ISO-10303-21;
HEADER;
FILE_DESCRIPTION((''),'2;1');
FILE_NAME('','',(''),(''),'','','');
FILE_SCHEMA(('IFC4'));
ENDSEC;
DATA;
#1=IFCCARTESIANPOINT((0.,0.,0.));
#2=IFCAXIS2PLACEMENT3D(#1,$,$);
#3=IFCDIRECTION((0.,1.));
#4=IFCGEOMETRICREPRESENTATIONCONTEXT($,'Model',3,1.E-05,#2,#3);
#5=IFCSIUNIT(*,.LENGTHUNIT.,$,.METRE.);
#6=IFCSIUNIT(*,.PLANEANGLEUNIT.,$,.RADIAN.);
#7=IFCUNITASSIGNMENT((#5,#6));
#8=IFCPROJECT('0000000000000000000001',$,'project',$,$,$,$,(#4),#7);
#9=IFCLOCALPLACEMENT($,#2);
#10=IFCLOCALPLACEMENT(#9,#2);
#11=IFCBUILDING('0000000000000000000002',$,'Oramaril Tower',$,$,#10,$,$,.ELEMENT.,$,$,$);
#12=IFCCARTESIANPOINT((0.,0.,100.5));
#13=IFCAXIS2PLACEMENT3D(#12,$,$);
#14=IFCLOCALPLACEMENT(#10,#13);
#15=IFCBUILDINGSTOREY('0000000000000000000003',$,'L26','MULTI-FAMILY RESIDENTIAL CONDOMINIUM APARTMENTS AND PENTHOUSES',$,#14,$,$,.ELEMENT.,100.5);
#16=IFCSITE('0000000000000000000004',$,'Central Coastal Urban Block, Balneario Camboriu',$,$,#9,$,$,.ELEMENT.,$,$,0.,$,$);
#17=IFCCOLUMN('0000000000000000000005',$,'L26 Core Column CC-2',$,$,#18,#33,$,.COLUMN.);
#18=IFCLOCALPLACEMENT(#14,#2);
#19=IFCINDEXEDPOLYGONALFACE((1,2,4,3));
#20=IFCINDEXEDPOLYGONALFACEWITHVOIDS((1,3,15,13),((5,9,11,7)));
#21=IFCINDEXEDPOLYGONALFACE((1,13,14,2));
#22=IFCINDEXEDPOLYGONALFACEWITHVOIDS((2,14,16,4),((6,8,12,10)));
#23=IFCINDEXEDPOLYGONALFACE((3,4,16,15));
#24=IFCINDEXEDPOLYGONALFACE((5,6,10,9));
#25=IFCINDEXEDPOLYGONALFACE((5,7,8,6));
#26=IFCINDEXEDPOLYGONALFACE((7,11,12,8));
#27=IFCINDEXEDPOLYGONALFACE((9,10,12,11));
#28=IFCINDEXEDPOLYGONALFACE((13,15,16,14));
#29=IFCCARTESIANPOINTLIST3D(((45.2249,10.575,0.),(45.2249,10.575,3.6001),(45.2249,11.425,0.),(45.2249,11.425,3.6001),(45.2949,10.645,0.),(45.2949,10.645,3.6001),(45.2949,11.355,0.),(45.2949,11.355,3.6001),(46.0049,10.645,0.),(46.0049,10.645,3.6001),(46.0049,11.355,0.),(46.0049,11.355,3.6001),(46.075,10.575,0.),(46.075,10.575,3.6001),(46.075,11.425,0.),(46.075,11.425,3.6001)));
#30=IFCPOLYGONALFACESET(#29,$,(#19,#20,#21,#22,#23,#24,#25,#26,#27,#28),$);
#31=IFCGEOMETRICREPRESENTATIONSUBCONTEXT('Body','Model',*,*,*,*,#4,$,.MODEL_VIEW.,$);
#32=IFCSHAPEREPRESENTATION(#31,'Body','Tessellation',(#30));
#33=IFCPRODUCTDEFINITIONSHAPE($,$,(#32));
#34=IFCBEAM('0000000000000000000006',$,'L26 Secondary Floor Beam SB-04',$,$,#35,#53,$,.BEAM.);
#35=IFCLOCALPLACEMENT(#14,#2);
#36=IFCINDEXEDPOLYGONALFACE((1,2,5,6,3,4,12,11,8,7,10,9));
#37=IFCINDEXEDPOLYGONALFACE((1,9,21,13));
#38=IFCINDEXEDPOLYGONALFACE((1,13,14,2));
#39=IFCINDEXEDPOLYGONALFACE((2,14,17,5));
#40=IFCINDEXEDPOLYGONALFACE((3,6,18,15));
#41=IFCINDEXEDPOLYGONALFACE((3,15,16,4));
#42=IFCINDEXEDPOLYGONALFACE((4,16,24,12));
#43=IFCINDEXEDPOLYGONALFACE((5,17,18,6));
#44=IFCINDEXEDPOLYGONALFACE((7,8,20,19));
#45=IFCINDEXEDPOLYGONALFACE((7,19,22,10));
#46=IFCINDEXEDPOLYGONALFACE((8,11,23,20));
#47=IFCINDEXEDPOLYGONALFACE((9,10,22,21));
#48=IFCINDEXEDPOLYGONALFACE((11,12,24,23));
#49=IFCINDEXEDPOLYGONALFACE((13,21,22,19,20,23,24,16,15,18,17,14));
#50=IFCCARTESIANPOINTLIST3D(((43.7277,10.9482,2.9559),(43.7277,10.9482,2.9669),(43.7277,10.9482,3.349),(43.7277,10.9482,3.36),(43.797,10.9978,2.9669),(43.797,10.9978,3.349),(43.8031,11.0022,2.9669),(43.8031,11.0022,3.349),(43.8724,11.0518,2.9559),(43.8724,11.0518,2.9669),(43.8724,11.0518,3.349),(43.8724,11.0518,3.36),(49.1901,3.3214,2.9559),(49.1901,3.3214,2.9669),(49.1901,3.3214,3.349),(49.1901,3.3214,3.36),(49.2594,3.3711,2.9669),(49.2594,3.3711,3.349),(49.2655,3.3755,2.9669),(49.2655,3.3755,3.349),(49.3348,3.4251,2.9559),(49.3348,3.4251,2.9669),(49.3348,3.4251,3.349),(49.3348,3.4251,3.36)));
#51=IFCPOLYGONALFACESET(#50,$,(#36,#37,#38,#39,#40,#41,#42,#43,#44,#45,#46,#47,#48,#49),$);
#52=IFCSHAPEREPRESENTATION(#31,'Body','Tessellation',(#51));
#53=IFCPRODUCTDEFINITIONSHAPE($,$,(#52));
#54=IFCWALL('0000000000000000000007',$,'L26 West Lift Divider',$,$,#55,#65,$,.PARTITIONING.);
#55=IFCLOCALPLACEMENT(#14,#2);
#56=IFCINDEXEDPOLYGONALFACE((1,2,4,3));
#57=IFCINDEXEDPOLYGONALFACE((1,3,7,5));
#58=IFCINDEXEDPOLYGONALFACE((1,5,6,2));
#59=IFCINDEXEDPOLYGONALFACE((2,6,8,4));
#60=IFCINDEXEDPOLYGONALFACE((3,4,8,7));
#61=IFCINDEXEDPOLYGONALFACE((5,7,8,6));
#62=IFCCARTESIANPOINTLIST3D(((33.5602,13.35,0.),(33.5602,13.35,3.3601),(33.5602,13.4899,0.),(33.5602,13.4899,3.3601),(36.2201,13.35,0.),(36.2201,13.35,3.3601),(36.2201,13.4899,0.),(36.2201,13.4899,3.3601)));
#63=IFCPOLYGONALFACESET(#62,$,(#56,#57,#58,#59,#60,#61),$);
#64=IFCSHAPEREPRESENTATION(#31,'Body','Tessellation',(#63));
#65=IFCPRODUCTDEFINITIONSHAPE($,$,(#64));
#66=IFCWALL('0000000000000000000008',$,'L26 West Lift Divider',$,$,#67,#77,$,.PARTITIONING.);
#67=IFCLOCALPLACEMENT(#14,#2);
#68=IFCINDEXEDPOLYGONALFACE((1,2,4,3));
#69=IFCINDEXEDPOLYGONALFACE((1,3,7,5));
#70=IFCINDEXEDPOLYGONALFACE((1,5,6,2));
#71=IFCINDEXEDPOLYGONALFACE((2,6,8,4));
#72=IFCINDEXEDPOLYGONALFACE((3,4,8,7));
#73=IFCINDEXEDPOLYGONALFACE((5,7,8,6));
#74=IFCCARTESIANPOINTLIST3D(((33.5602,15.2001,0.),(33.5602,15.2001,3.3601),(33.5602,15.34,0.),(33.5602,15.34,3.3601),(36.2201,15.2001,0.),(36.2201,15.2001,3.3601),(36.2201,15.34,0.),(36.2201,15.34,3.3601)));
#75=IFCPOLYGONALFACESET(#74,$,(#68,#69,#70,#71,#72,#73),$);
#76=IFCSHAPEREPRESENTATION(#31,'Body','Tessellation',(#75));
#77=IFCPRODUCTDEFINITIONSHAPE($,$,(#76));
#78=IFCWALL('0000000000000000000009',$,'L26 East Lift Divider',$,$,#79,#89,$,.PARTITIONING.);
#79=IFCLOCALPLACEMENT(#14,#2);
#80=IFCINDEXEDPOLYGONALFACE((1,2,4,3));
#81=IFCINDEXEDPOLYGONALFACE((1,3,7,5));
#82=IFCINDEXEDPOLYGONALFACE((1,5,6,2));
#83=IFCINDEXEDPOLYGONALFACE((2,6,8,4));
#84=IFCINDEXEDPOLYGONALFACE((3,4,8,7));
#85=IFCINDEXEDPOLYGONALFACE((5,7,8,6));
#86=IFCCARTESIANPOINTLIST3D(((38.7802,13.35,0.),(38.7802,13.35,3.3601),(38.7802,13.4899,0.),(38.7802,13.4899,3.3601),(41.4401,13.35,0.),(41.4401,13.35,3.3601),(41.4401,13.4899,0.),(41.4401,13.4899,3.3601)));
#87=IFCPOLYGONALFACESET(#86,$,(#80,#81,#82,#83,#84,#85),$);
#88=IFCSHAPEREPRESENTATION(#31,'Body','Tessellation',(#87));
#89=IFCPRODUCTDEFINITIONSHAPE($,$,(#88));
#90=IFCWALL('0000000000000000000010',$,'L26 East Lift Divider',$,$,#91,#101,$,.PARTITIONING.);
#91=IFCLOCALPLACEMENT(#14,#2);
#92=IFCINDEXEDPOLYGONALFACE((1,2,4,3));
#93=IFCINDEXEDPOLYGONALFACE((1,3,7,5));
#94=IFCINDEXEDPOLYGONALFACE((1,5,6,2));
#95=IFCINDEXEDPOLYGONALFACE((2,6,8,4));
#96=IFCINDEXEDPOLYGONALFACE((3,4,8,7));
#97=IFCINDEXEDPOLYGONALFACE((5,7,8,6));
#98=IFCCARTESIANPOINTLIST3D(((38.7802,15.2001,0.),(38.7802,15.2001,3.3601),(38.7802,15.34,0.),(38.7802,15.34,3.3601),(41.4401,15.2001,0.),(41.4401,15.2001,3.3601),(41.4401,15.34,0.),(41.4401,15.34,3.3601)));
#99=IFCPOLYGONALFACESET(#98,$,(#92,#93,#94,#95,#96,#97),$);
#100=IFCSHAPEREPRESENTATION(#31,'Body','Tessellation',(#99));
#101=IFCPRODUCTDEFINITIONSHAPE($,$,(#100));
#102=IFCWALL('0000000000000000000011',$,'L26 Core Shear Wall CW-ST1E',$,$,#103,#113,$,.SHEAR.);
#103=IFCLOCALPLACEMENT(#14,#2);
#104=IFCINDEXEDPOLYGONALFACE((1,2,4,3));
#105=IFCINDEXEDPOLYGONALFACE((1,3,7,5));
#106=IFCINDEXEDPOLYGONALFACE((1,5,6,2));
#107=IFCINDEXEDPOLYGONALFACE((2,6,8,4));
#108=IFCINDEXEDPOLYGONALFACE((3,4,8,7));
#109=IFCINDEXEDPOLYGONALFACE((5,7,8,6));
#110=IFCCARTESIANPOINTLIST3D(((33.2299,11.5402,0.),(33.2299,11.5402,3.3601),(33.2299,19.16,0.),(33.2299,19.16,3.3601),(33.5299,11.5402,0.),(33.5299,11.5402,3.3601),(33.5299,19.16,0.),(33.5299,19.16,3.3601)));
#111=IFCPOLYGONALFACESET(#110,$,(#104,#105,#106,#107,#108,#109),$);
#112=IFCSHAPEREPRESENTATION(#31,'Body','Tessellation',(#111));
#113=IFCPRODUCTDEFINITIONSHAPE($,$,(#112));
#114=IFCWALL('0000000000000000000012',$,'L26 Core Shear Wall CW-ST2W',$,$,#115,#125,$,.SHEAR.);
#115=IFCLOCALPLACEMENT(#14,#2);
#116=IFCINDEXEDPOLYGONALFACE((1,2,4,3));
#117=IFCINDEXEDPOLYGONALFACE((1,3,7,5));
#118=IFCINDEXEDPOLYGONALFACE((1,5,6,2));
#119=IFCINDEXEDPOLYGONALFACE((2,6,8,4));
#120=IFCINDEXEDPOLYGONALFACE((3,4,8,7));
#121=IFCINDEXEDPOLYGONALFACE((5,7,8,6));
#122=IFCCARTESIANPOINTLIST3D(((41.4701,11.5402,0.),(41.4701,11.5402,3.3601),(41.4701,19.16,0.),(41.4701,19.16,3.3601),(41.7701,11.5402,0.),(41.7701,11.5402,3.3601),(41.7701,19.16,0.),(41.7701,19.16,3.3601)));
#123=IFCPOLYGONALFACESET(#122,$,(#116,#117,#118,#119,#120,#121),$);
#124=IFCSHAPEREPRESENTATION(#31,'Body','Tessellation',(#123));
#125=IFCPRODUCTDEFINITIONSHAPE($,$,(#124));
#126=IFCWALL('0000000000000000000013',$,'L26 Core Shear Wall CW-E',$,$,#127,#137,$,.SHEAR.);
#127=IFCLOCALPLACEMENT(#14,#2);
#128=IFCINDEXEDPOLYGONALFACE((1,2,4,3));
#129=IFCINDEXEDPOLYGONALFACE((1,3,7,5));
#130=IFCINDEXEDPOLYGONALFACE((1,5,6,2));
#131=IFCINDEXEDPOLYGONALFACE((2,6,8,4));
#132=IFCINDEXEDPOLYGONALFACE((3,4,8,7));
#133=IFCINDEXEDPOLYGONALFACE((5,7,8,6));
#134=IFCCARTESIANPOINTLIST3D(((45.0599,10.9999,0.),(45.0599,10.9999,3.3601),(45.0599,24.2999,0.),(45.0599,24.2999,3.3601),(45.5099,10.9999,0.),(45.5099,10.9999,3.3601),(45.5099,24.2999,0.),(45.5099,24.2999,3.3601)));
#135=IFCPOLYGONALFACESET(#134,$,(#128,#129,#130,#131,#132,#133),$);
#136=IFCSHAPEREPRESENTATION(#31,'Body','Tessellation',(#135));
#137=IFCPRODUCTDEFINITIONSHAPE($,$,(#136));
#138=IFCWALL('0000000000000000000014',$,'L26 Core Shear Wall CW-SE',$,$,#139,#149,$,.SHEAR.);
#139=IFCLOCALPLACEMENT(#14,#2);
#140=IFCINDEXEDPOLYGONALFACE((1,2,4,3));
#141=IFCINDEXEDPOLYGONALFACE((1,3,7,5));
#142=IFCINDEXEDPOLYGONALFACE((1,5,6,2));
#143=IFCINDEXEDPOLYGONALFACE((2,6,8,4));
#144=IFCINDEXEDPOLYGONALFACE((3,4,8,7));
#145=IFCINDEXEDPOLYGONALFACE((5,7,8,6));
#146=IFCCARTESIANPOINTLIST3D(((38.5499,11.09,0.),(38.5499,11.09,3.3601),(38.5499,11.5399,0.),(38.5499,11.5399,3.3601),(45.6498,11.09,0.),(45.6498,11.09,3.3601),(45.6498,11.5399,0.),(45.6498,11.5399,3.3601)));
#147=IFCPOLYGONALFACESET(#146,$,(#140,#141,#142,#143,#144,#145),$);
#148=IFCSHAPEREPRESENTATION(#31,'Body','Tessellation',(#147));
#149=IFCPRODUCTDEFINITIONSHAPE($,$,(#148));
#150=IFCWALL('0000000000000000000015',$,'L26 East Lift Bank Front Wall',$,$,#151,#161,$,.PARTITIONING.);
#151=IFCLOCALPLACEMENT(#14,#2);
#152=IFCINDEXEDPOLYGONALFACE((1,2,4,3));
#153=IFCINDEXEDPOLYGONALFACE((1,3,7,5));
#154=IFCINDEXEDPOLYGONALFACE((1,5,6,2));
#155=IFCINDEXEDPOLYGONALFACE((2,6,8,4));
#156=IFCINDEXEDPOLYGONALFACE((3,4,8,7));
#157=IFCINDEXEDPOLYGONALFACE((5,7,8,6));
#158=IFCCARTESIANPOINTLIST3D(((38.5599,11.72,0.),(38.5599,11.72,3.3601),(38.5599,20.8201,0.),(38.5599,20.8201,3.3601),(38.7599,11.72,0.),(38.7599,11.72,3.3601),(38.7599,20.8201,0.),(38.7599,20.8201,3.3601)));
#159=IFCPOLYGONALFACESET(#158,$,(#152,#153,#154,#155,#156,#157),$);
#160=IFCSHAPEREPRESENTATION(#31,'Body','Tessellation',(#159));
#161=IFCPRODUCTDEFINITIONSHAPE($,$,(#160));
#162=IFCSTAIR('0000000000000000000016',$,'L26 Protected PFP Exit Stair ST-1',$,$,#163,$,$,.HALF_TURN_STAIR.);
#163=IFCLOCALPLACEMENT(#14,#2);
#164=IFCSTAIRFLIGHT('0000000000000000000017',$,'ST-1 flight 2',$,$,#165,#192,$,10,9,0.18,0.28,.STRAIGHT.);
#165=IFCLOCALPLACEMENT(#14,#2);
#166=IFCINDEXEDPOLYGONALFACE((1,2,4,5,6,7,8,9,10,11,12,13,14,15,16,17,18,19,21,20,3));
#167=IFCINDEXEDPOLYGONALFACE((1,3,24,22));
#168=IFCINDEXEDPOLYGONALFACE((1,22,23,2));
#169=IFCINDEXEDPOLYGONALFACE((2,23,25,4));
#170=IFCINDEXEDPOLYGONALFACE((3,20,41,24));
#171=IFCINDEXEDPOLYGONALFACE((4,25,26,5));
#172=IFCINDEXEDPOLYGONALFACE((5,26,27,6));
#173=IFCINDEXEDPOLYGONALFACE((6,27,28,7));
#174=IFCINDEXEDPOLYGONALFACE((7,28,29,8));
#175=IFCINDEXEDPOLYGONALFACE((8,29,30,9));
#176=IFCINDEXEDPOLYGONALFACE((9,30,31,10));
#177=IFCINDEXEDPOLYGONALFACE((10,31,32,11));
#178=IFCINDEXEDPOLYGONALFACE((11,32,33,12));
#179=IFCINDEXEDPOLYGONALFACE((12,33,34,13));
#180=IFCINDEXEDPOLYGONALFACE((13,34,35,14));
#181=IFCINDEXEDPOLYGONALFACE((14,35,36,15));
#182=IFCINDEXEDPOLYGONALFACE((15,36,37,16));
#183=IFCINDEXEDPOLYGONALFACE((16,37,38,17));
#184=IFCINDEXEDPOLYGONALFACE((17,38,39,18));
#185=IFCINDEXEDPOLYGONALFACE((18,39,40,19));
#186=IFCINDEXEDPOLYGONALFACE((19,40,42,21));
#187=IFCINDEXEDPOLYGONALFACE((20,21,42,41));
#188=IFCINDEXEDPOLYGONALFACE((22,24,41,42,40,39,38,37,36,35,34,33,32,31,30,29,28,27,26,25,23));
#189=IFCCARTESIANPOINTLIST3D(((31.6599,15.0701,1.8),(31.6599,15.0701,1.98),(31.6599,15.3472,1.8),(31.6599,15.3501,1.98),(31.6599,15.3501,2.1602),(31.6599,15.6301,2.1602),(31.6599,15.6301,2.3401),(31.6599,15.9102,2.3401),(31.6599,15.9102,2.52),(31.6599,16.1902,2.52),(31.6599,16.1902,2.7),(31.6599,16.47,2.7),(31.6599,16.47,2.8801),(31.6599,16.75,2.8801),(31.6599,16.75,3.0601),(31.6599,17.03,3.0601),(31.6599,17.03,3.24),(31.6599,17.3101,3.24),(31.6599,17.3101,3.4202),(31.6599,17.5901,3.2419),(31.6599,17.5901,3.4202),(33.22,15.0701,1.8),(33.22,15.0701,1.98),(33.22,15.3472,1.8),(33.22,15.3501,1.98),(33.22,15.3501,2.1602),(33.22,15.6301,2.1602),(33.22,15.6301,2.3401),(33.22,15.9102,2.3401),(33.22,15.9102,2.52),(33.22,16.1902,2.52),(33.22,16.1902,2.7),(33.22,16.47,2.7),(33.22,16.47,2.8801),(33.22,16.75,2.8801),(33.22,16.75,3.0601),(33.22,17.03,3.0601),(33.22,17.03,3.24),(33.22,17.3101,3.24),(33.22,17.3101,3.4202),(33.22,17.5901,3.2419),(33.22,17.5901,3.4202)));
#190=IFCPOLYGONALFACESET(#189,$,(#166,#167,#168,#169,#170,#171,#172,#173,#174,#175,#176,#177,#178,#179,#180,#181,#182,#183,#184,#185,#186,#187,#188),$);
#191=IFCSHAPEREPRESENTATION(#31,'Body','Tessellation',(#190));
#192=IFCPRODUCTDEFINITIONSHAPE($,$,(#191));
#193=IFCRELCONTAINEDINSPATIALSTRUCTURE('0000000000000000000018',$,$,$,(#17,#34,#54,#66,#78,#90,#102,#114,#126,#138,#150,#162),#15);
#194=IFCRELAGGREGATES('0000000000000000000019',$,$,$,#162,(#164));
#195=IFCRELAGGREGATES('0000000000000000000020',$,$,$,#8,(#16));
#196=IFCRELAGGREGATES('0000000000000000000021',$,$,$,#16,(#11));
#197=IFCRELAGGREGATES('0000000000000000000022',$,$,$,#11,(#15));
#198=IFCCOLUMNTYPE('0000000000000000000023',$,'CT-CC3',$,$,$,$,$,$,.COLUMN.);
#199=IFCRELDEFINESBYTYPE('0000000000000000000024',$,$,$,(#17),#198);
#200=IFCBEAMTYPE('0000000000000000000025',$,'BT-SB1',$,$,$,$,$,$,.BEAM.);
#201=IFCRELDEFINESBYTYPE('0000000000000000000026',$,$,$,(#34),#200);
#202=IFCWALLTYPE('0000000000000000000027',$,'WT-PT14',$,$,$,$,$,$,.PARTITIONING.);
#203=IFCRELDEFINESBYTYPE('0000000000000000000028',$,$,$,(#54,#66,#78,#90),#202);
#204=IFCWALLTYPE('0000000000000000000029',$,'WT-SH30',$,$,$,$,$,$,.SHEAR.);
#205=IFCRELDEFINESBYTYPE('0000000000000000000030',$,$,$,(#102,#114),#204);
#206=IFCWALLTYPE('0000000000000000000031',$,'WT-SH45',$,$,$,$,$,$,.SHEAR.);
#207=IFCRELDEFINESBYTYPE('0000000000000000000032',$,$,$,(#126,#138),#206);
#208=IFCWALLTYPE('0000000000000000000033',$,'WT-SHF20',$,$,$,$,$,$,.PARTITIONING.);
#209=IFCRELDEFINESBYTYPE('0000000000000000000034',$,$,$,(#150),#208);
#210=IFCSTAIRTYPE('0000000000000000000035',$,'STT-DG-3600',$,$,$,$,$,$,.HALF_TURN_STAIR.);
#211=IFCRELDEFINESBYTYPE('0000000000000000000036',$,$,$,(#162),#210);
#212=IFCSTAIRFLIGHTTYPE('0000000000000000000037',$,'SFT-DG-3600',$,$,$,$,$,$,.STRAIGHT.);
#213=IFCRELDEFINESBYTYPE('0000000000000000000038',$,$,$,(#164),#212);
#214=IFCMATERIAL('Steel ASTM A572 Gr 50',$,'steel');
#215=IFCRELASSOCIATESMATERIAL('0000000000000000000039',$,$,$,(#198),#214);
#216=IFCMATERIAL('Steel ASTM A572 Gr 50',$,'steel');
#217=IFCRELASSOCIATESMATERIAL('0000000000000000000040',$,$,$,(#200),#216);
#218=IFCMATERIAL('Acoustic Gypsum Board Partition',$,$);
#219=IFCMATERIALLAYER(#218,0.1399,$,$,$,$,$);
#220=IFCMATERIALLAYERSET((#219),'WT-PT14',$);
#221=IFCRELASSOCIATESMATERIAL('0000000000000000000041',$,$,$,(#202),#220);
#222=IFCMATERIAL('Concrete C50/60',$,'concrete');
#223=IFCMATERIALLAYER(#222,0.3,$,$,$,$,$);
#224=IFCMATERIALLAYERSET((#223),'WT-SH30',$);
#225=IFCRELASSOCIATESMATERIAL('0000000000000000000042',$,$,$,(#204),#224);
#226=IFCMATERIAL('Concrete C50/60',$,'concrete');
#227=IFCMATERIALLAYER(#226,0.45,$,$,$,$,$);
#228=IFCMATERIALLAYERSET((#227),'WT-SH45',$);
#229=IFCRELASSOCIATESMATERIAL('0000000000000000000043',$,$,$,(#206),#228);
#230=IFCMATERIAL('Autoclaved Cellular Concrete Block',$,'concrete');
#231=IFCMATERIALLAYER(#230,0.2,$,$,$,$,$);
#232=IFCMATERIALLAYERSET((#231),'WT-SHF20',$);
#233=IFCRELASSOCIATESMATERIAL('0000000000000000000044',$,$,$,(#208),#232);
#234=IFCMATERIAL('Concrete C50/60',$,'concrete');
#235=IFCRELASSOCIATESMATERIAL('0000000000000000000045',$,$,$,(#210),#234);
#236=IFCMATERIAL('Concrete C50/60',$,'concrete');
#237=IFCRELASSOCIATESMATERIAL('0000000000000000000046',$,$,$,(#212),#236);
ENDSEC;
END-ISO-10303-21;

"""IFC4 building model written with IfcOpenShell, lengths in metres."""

from ifc_helpers import new_model, si_unit, direction, frame, frame_2d, origin, origin_2d, place, context, subcontext, project, spatial, polyline, rectangle, hollow_rectangle, i_section, outline, extrude, material, layer, layer_set, material_profile, profile_set, type_object, element, aggregate, save


model = new_model("IFC4")

# Units and contexts
model_context = context("Model", 3, precision=1e-05, world=origin(), true_north=direction((0.0, 1.0)))
body_context = subcontext(model_context, "Body", "Model", "MODEL_VIEW")
ifc_project = project(units=[si_unit("LENGTHUNIT", "METRE"), si_unit("PLANEANGLEUNIT", "RADIAN")], contexts=[model_context])

# Site, building, storey
site_placement = place(None, origin())
site = spatial("IfcSite", under=ifc_project, at=site_placement, Name="Central Coastal Urban Block, Balneario Camboriu", CompositionType="ELEMENT", RefElevation=0.0)
building_placement = place(site_placement, origin())
building = spatial("IfcBuilding", under=site, at=building_placement, Name="Oramaril Tower", CompositionType="ELEMENT")
storey_placement = place(building_placement, frame((0.0, 0.0, 100.5)))
storey = spatial("IfcBuildingStorey", under=building, at=storey_placement, Name="L26", Description="MULTI-FAMILY RESIDENTIAL CONDOMINIUM APARTMENTS AND PENTHOUSES", CompositionType="ELEMENT", Elevation=100.5)

# Column
ifc_material_1 = material(Name="Steel ASTM A572 Gr 50", Category="steel")
ifc_material_profile_1 = material_profile(ifc_material_1, hollow_rectangle(XDim=0.8501, YDim=0.8501, WallThickness=0.0701, at=origin_2d()), Name="BOX850X850X70")
ifc_profile_set_1 = profile_set([ifc_material_profile_1], Name="Steel ASTM A572 Gr 50")
column_type = type_object("IfcColumnType", Name="CT-CC3", PredefinedType="COLUMN", material=ifc_profile_set_1)
column_placement = place(storey_placement, frame((45.6499, 11.0, 0.0), z_axis=(0.0, 0.0, 1.0), x_axis=(1.0, 0.0, 0.0)))
element("IfcColumn", 1, at=column_placement, inside=storey, type_object=column_type, Name="L26 Core Column CC-2", PredefinedType="COLUMN", context=body_context, shape_type="SweptSolid", body=[
    extrude(hollow_rectangle(XDim=0.8501, YDim=0.8501, WallThickness=0.0701, at=origin_2d()), origin(), (0.0, 0.0, 1.0), 3.6001),
])

# Beam
ifc_material_2 = material(Name="Steel ASTM A572 Gr 50", Category="steel")
ifc_material_profile_2 = material_profile(ifc_material_2, i_section(OverallWidth=0.178, OverallDepth=0.4041, WebThickness=0.0076, FlangeThickness=0.011, at=origin_2d()), Name="W16X36")
ifc_profile_set_2 = profile_set([ifc_material_profile_2], Name="Steel ASTM A572 Gr 50")
beam_type = type_object("IfcBeamType", Name="BT-SB1", PredefinedType="BEAM", material=ifc_profile_set_2)
beam_placement = place(storey_placement, frame((43.8, 11.0, 3.158), z_axis=(0.582279, -0.812989, 0.0), x_axis=(0.812989, 0.582279, 0.0)))
element("IfcBeam", 2, at=beam_placement, inside=storey, type_object=beam_type, Name="L26 Secondary Floor Beam SB-04", PredefinedType="BEAM", context=body_context, shape_type="SweptSolid", body=[
    extrude(i_section(OverallWidth=0.178, OverallDepth=0.4041, WebThickness=0.0076, FlangeThickness=0.011, at=origin_2d()), origin(), (0.0, 0.0, 1.0), 9.3811),
])

# Walls
ifc_material_3 = material(Name="Acoustic Gypsum Board Partition")
ifc_layer_1 = layer(ifc_material_3, 0.1399)
ifc_layer_set_1 = layer_set([ifc_layer_1], Name="WT-PT14")
wall_type_1 = type_object("IfcWallType", Name="WT-PT14", PredefinedType="PARTITIONING", material=ifc_layer_set_1)
for number, where, z_axis, x_axis, name in (
    (3, (33.5601, 13.4199, 0.0), (0.0, 0.0, 1.0), (1.0, 0.0, 0.0), "L26 West Lift Divider"),
    (4, (33.5601, 15.27, 0.0), (0.0, 0.0, 1.0), (1.0, 0.0, 0.0), "L26 West Lift Divider"),
    (5, (38.78, 13.4199, 0.0), (0.0, 0.0, 1.0), (1.0, 0.0, 0.0), "L26 East Lift Divider"),
    (6, (38.78, 15.27, 0.0), (0.0, 0.0, 1.0), (1.0, 0.0, 0.0), "L26 East Lift Divider"),
):
    element("IfcWall", number, at=place(storey_placement, frame(where, z_axis=z_axis, x_axis=x_axis)), inside=storey, type_object=wall_type_1, Name=name, PredefinedType="PARTITIONING", context=body_context, shape_type="SweptSolid", body=[
        extrude(rectangle(XDim=2.6599, YDim=0.1399, at=frame_2d((1.3301, 0.0))), origin(), (0.0, 0.0, 1.0), 3.3601),
    ])
ifc_material_4 = material(Name="Concrete C50/60", Category="concrete")
ifc_layer_2 = layer(ifc_material_4, 0.3)
ifc_layer_set_2 = layer_set([ifc_layer_2], Name="WT-SH30")
wall_type_2 = type_object("IfcWallType", Name="WT-SH30", PredefinedType="SHEAR", material=ifc_layer_set_2)
for number, where, z_axis, x_axis, name in (
    (7, (33.3799, 11.54, 0.0), (0.0, 0.0, 1.0), (0.0, 1.0, 0.0), "L26 Core Shear Wall CW-ST1E"),
    (8, (41.6201, 11.54, 0.0), (0.0, 0.0, 1.0), (0.0, 1.0, 0.0), "L26 Core Shear Wall CW-ST2W"),
):
    element("IfcWall", number, at=place(storey_placement, frame(where, z_axis=z_axis, x_axis=x_axis)), inside=storey, type_object=wall_type_2, Name=name, PredefinedType="SHEAR", context=body_context, shape_type="SweptSolid", body=[
        extrude(rectangle(XDim=7.6199, YDim=0.3, at=frame_2d((3.8101, 0.0))), origin(), (0.0, 0.0, 1.0), 3.3601),
    ])
ifc_material_5 = material(Name="Concrete C50/60", Category="concrete")
ifc_layer_3 = layer(ifc_material_5, 0.45)
ifc_layer_set_3 = layer_set([ifc_layer_3], Name="WT-SH45")
wall_type_3 = type_object("IfcWallType", Name="WT-SH45", PredefinedType="SHEAR", material=ifc_layer_set_3)
wall_1_placement = place(storey_placement, frame((45.2849, 11.0, 0.0), z_axis=(0.0, 0.0, 1.0), x_axis=(0.0, 1.0, 0.0)))
element("IfcWall", 9, at=wall_1_placement, inside=storey, type_object=wall_type_3, Name="L26 Core Shear Wall CW-E", PredefinedType="SHEAR", context=body_context, shape_type="SweptSolid", body=[
    extrude(rectangle(XDim=13.3, YDim=0.45, at=frame_2d((6.6499, 0.0))), origin(), (0.0, 0.0, 1.0), 3.3601),
])
wall_2_placement = place(storey_placement, frame((38.55, 11.3149, 0.0), z_axis=(0.0, 0.0, 1.0), x_axis=(1.0, 0.0, 0.0)))
element("IfcWall", 10, at=wall_2_placement, inside=storey, type_object=wall_type_3, Name="L26 Core Shear Wall CW-SE", PredefinedType="SHEAR", context=body_context, shape_type="SweptSolid", body=[
    extrude(rectangle(XDim=7.0999, YDim=0.45, at=frame_2d((3.5498, 0.0))), origin(), (0.0, 0.0, 1.0), 3.3601),
])

# Shared definitions
ifc_material_6 = material(Name="Autoclaved Cellular Concrete Block", Category="concrete")
ifc_layer_4 = layer(ifc_material_6, 0.2)
ifc_layer_set_4 = layer_set([ifc_layer_4], Name="WT-SHF20")
wall_type_4 = type_object("IfcWallType", Name="WT-SHF20", PredefinedType="PARTITIONING", material=ifc_layer_set_4)

# Wall
wall_3_placement = place(storey_placement, frame((38.6599, 11.72, 0.0), z_axis=(0.0, 0.0, 1.0), x_axis=(0.0, 1.0, 0.0)))
element("IfcWall", 11, at=wall_3_placement, inside=storey, type_object=wall_type_4, Name="L26 East Lift Bank Front Wall", PredefinedType="PARTITIONING", context=body_context, shape_type="SweptSolid", body=[
    extrude(rectangle(XDim=9.1001, YDim=0.2, at=frame_2d((4.55, 0.0))), origin(), (0.0, 0.0, 1.0), 3.3601),
])

# Stair, stair flight
ifc_material_7 = material(Name="Concrete C50/60", Category="concrete")
stair_type = type_object("IfcStairType", Name="STT-DG-3600", PredefinedType="HALF_TURN_STAIR", material=ifc_material_7)
stair_1_placement = place(storey_placement, origin())
stair_1 = element("IfcStair", 12, at=stair_1_placement, inside=storey, type_object=stair_type, Name="L26 Protected PFP Exit Stair ST-1", PredefinedType="HALF_TURN_STAIR")
ifc_material_8 = material(Name="Concrete C50/60", Category="concrete")
stair_flight_type = type_object("IfcStairFlightType", Name="SFT-DG-3600", PredefinedType="STRAIGHT", material=ifc_material_8)
stair_flight_1_placement = place(storey_placement, frame((32.4399, 15.0701, 1.8), z_axis=(0.0, 0.0, 1.0), x_axis=(0.0, 1.0, 0.0)))
stair_flight_1 = element("IfcStairFlight", 13, at=stair_flight_1_placement, type_object=stair_flight_type, Name="ST-1 flight 2", NumberOfRisers=10, NumberOfTreads=9, PredefinedType="STRAIGHT", RiserHeight=0.18, TreadLength=0.28, context=body_context, shape_type="SweptSolid", body=[
    extrude(outline(polyline([(0.0, 0.0), (0.0, 0.1799), (0.28, 0.1799), (0.28, 0.3601), (0.5601, 0.3601), (0.5601, 0.54), (0.8401, 0.54), (0.8401, 0.72), (1.1201, 0.72), (1.1201, 0.8999), (1.3999, 0.8999), (1.3999, 1.0801), (1.6799, 1.0801), (1.6799, 1.26), (1.96, 1.26), (1.96, 1.4399), (2.24, 1.4399), (2.24, 1.6201), (2.52, 1.6201), (2.52, 1.8), (2.52, 1.4419), (0.2771, 0.0), (0.0, 0.0)])), frame((0.0, 0.78, 0.0), z_axis=(0.0, -1.0, 0.0), x_axis=(1.0, 0.0, 0.0)), (0.0, 0.0, 1.0), 1.5601),
])
aggregate(stair_1, [stair_flight_1])

save(model, "model.ifc")
